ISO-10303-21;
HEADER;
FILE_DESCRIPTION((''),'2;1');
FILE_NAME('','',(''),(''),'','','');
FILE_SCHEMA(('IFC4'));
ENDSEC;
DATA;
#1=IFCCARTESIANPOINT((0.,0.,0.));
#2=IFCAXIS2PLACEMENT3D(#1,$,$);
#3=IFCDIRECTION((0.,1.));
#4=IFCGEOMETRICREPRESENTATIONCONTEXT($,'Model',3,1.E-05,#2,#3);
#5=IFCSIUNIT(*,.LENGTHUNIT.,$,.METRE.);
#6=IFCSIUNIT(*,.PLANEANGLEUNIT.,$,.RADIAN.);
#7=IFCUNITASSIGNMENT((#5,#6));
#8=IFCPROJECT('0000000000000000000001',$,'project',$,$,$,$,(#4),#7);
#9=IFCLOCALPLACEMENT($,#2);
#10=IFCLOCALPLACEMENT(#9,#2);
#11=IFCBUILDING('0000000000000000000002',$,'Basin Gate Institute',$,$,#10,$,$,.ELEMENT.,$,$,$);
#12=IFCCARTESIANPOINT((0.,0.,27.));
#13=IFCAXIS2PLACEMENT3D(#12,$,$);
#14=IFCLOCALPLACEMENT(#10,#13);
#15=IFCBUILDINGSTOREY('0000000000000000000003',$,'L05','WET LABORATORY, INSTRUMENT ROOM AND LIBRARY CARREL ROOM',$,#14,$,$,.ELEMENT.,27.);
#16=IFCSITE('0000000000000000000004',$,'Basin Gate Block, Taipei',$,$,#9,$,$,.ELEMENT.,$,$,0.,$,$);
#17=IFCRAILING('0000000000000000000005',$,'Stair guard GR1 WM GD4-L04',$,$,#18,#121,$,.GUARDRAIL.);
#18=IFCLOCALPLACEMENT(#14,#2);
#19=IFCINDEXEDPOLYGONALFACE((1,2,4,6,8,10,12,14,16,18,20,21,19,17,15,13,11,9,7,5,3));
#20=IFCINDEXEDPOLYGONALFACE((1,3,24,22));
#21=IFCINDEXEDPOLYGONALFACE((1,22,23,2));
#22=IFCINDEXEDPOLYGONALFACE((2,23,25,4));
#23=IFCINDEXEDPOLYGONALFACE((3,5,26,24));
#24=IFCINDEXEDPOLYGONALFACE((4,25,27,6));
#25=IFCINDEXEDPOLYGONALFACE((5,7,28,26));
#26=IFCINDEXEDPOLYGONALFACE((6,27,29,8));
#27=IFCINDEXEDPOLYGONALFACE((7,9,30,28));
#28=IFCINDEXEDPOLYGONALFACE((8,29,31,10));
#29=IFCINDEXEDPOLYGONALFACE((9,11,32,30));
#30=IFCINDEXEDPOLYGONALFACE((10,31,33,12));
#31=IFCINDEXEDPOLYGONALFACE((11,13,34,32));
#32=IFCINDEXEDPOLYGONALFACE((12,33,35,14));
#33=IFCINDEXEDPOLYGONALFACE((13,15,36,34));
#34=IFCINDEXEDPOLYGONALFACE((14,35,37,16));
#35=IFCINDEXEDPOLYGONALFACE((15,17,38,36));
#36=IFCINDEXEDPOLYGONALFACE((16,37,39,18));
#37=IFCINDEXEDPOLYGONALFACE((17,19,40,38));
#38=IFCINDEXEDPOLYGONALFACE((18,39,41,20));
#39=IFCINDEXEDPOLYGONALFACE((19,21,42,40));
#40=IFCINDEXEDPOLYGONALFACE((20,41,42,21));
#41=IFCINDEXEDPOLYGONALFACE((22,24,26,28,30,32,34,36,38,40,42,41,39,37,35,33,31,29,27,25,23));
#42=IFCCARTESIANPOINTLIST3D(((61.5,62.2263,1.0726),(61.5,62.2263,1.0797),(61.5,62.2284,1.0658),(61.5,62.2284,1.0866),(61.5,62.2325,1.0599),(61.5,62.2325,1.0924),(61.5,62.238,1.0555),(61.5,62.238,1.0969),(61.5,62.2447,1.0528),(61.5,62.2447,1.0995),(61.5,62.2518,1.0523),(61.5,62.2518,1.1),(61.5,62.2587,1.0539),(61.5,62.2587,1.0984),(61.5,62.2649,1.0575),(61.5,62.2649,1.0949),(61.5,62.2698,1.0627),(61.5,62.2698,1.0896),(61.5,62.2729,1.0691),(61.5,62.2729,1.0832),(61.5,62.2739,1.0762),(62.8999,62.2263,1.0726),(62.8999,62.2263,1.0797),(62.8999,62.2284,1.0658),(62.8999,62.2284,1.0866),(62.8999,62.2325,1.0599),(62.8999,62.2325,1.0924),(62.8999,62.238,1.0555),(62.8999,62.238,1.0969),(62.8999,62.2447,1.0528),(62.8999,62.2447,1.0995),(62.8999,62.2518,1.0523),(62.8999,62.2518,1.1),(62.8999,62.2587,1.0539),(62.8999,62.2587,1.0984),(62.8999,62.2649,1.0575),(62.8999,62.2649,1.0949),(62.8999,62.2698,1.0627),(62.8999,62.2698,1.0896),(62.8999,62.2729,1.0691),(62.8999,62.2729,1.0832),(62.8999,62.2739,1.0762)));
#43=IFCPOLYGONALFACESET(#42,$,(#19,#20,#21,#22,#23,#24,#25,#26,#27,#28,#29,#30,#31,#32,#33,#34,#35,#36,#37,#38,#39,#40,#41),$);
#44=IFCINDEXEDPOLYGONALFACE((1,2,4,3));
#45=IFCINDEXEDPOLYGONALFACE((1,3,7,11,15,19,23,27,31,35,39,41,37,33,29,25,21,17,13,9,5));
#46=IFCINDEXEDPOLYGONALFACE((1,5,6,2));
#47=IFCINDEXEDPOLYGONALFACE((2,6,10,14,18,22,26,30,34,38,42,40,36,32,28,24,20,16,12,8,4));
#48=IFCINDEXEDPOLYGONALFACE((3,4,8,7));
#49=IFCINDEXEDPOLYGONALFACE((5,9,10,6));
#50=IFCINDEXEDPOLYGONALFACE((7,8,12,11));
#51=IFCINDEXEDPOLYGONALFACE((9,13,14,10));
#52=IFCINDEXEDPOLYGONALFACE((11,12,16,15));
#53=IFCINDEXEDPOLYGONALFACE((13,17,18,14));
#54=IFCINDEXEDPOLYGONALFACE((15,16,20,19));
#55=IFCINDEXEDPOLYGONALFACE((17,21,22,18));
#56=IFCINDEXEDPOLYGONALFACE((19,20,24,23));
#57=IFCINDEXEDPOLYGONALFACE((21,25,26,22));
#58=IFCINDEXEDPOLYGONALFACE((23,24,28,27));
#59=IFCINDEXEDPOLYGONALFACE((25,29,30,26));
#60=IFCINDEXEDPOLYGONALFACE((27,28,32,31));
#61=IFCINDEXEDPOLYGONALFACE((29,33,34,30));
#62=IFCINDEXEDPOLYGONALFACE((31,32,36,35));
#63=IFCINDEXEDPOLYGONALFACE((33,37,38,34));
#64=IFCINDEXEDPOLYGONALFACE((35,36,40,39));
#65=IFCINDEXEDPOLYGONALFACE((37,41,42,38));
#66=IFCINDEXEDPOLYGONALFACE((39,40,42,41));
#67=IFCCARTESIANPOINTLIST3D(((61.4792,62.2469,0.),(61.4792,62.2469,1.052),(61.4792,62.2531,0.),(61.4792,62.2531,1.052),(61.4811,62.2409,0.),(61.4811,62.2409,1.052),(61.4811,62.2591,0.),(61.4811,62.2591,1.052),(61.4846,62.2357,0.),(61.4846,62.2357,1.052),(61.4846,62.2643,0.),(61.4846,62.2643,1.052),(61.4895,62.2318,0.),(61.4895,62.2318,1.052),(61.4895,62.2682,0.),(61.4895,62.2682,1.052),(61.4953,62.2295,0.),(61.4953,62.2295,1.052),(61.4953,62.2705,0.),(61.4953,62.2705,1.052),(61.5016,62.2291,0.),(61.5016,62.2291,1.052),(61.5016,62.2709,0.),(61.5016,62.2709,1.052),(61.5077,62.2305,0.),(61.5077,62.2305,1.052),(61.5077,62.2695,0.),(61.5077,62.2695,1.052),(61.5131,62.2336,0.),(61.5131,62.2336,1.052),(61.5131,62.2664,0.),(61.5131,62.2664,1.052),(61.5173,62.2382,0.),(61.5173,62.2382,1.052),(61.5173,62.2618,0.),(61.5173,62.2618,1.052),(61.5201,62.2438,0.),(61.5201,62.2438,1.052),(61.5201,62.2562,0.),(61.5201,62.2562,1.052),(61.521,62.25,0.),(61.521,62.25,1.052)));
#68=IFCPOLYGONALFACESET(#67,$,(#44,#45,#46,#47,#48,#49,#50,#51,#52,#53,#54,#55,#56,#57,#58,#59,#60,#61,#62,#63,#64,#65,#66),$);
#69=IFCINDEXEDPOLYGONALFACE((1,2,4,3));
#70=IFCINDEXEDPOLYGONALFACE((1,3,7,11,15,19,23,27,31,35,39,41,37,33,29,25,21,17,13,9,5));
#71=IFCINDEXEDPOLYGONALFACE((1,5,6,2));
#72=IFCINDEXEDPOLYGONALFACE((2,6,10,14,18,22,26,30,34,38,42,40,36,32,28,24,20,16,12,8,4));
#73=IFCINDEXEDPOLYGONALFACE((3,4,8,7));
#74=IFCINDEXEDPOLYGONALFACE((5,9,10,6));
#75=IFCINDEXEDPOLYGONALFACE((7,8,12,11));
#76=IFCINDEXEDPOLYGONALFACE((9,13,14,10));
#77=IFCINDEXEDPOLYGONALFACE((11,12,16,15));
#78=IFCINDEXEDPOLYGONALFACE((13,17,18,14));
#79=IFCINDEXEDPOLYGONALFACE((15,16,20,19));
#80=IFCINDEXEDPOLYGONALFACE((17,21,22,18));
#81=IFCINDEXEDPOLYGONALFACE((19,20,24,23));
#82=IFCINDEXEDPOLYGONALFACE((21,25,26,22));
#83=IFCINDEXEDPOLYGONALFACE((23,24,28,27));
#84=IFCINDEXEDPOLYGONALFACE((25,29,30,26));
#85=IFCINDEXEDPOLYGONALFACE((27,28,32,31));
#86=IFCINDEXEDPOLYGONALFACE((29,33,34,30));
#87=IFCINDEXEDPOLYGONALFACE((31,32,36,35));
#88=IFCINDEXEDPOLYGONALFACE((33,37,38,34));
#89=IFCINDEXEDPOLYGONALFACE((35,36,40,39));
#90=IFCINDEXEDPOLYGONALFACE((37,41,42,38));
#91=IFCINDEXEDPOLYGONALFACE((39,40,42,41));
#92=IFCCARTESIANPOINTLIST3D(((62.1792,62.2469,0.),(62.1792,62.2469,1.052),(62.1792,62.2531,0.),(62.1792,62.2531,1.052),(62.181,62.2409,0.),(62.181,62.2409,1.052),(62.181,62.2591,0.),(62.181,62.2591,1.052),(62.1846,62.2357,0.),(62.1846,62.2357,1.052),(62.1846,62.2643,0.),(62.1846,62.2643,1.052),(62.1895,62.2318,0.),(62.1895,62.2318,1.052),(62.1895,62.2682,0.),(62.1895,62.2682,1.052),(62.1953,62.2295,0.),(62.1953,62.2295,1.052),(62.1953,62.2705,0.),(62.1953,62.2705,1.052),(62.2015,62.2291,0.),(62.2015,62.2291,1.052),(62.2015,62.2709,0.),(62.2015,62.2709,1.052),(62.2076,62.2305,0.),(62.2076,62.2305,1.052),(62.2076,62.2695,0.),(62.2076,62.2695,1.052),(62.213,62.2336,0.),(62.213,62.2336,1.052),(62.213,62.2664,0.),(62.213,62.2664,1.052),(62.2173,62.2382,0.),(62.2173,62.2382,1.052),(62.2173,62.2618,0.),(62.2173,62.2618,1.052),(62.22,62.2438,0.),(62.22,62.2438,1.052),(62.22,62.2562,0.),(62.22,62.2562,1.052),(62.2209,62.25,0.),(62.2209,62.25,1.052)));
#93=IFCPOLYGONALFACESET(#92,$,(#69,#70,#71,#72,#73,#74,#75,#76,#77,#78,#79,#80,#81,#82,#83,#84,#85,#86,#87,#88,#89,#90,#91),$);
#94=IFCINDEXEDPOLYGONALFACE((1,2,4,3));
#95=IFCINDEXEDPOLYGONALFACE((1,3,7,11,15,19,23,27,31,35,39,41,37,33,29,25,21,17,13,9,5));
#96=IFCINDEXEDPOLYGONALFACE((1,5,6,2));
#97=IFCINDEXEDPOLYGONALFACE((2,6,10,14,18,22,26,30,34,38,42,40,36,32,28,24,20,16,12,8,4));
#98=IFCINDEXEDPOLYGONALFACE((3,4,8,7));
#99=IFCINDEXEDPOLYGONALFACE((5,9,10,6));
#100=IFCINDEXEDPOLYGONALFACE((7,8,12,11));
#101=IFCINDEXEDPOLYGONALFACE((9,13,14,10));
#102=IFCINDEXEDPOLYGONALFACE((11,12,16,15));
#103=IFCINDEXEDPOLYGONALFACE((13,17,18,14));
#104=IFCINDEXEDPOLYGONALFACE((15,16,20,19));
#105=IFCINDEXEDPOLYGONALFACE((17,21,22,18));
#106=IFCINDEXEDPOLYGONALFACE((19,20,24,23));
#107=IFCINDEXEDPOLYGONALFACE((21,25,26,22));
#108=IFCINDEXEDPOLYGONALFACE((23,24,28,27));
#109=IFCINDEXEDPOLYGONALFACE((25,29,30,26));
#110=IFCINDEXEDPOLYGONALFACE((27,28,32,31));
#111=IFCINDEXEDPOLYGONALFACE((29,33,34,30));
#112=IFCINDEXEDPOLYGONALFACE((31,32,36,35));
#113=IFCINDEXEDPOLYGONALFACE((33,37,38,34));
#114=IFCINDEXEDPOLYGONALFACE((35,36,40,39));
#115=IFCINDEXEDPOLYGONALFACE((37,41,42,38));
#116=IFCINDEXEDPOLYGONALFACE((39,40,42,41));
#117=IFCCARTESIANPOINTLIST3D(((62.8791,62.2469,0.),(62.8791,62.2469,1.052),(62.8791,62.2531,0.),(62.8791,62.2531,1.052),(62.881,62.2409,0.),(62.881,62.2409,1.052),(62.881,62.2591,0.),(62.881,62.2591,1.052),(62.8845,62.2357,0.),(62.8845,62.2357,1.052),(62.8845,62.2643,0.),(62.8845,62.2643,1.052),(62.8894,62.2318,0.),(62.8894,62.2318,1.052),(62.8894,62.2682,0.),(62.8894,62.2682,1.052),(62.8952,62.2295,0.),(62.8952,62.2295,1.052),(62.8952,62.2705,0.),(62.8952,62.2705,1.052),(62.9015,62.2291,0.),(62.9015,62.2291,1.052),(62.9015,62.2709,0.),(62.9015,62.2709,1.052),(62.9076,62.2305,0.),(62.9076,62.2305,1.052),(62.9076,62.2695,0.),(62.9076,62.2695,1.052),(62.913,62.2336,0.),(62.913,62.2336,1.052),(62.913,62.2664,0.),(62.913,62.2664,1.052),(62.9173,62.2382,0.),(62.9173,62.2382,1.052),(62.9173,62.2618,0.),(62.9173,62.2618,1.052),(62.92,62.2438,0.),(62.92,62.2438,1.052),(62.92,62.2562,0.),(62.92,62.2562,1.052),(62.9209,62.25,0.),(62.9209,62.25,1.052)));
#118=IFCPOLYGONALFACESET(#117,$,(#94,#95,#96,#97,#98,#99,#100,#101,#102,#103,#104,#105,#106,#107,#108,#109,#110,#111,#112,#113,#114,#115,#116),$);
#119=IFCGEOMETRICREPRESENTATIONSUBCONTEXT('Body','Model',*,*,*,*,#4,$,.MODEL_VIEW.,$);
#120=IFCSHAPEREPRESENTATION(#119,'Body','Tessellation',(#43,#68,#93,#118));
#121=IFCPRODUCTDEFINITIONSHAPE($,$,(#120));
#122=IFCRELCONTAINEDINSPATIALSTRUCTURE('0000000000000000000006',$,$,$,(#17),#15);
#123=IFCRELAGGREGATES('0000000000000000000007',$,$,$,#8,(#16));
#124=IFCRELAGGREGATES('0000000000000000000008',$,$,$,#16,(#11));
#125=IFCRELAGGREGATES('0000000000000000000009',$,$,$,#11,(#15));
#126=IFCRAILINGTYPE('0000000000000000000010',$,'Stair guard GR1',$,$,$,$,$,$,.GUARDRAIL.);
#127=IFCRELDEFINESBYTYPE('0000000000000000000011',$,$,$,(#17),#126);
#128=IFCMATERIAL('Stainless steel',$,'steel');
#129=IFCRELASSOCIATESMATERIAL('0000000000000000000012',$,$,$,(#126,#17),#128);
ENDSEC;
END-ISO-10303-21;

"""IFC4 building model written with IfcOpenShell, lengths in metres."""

from ifc_helpers import new_model, si_unit, direction, frame, origin, origin_2d, place, context, subcontext, project, spatial, circle, extrude, material, type_object, element, save


model = new_model("IFC4")

# Units and contexts
model_context = context("Model", 3, precision=1e-05, world=origin(), true_north=direction((0.0, 1.0)))
body_context = subcontext(model_context, "Body", "Model", "MODEL_VIEW")
ifc_project = project(units=[si_unit("LENGTHUNIT", "METRE"), si_unit("PLANEANGLEUNIT", "RADIAN")], contexts=[model_context])

# Site, building, storey
site_placement = place(None, origin())
site = spatial("IfcSite", under=ifc_project, at=site_placement, Name="Basin Gate Block, Taipei", CompositionType="ELEMENT", RefElevation=0.0)
building_placement = place(site_placement, origin())
building = spatial("IfcBuilding", under=site, at=building_placement, Name="Basin Gate Institute", CompositionType="ELEMENT")
storey_placement = place(building_placement, frame((0.0, 0.0, 27.0)))
storey = spatial("IfcBuildingStorey", under=building, at=storey_placement, Name="L05", Description="WET LABORATORY, INSTRUMENT ROOM AND LIBRARY CARREL ROOM", CompositionType="ELEMENT", Elevation=27.0)

# Railing
ifc_material_1 = material(Name="Stainless steel", Category="steel")
railing_type_1 = type_object("IfcRailingType", Name="Stair guard GR1", PredefinedType="GUARDRAIL", material=ifc_material_1)
railing_1_placement = place(storey_placement, frame((61.5, 62.25, 0.0)))
element("IfcRailing", 1, at=railing_1_placement, inside=storey, type_object=railing_type_1, material=ifc_material_1, Name="Stair guard GR1 WM GD4-L04", PredefinedType="GUARDRAIL", context=body_context, shape_type="SweptSolid", body=[
    extrude(circle(Radius=0.0239, at=origin_2d()), frame((0.0, 0.0, 1.0762), z_axis=(1.0, 0.0, 0.0), x_axis=(0.0, 1.0, 0.0)), (0.0, 0.0, 1.0), 1.3999),
    extrude(circle(Radius=0.021, at=origin_2d()), origin(), (0.0, 0.0, 1.0), 1.052),
    extrude(circle(Radius=0.021, at=origin_2d()), frame((0.7, 0.0, 0.0)), (0.0, 0.0, 1.0), 1.052),
    extrude(circle(Radius=0.021, at=origin_2d()), frame((1.3999, 0.0, 0.0)), (0.0, 0.0, 1.0), 1.052),
])

save(model, "model.ifc")
